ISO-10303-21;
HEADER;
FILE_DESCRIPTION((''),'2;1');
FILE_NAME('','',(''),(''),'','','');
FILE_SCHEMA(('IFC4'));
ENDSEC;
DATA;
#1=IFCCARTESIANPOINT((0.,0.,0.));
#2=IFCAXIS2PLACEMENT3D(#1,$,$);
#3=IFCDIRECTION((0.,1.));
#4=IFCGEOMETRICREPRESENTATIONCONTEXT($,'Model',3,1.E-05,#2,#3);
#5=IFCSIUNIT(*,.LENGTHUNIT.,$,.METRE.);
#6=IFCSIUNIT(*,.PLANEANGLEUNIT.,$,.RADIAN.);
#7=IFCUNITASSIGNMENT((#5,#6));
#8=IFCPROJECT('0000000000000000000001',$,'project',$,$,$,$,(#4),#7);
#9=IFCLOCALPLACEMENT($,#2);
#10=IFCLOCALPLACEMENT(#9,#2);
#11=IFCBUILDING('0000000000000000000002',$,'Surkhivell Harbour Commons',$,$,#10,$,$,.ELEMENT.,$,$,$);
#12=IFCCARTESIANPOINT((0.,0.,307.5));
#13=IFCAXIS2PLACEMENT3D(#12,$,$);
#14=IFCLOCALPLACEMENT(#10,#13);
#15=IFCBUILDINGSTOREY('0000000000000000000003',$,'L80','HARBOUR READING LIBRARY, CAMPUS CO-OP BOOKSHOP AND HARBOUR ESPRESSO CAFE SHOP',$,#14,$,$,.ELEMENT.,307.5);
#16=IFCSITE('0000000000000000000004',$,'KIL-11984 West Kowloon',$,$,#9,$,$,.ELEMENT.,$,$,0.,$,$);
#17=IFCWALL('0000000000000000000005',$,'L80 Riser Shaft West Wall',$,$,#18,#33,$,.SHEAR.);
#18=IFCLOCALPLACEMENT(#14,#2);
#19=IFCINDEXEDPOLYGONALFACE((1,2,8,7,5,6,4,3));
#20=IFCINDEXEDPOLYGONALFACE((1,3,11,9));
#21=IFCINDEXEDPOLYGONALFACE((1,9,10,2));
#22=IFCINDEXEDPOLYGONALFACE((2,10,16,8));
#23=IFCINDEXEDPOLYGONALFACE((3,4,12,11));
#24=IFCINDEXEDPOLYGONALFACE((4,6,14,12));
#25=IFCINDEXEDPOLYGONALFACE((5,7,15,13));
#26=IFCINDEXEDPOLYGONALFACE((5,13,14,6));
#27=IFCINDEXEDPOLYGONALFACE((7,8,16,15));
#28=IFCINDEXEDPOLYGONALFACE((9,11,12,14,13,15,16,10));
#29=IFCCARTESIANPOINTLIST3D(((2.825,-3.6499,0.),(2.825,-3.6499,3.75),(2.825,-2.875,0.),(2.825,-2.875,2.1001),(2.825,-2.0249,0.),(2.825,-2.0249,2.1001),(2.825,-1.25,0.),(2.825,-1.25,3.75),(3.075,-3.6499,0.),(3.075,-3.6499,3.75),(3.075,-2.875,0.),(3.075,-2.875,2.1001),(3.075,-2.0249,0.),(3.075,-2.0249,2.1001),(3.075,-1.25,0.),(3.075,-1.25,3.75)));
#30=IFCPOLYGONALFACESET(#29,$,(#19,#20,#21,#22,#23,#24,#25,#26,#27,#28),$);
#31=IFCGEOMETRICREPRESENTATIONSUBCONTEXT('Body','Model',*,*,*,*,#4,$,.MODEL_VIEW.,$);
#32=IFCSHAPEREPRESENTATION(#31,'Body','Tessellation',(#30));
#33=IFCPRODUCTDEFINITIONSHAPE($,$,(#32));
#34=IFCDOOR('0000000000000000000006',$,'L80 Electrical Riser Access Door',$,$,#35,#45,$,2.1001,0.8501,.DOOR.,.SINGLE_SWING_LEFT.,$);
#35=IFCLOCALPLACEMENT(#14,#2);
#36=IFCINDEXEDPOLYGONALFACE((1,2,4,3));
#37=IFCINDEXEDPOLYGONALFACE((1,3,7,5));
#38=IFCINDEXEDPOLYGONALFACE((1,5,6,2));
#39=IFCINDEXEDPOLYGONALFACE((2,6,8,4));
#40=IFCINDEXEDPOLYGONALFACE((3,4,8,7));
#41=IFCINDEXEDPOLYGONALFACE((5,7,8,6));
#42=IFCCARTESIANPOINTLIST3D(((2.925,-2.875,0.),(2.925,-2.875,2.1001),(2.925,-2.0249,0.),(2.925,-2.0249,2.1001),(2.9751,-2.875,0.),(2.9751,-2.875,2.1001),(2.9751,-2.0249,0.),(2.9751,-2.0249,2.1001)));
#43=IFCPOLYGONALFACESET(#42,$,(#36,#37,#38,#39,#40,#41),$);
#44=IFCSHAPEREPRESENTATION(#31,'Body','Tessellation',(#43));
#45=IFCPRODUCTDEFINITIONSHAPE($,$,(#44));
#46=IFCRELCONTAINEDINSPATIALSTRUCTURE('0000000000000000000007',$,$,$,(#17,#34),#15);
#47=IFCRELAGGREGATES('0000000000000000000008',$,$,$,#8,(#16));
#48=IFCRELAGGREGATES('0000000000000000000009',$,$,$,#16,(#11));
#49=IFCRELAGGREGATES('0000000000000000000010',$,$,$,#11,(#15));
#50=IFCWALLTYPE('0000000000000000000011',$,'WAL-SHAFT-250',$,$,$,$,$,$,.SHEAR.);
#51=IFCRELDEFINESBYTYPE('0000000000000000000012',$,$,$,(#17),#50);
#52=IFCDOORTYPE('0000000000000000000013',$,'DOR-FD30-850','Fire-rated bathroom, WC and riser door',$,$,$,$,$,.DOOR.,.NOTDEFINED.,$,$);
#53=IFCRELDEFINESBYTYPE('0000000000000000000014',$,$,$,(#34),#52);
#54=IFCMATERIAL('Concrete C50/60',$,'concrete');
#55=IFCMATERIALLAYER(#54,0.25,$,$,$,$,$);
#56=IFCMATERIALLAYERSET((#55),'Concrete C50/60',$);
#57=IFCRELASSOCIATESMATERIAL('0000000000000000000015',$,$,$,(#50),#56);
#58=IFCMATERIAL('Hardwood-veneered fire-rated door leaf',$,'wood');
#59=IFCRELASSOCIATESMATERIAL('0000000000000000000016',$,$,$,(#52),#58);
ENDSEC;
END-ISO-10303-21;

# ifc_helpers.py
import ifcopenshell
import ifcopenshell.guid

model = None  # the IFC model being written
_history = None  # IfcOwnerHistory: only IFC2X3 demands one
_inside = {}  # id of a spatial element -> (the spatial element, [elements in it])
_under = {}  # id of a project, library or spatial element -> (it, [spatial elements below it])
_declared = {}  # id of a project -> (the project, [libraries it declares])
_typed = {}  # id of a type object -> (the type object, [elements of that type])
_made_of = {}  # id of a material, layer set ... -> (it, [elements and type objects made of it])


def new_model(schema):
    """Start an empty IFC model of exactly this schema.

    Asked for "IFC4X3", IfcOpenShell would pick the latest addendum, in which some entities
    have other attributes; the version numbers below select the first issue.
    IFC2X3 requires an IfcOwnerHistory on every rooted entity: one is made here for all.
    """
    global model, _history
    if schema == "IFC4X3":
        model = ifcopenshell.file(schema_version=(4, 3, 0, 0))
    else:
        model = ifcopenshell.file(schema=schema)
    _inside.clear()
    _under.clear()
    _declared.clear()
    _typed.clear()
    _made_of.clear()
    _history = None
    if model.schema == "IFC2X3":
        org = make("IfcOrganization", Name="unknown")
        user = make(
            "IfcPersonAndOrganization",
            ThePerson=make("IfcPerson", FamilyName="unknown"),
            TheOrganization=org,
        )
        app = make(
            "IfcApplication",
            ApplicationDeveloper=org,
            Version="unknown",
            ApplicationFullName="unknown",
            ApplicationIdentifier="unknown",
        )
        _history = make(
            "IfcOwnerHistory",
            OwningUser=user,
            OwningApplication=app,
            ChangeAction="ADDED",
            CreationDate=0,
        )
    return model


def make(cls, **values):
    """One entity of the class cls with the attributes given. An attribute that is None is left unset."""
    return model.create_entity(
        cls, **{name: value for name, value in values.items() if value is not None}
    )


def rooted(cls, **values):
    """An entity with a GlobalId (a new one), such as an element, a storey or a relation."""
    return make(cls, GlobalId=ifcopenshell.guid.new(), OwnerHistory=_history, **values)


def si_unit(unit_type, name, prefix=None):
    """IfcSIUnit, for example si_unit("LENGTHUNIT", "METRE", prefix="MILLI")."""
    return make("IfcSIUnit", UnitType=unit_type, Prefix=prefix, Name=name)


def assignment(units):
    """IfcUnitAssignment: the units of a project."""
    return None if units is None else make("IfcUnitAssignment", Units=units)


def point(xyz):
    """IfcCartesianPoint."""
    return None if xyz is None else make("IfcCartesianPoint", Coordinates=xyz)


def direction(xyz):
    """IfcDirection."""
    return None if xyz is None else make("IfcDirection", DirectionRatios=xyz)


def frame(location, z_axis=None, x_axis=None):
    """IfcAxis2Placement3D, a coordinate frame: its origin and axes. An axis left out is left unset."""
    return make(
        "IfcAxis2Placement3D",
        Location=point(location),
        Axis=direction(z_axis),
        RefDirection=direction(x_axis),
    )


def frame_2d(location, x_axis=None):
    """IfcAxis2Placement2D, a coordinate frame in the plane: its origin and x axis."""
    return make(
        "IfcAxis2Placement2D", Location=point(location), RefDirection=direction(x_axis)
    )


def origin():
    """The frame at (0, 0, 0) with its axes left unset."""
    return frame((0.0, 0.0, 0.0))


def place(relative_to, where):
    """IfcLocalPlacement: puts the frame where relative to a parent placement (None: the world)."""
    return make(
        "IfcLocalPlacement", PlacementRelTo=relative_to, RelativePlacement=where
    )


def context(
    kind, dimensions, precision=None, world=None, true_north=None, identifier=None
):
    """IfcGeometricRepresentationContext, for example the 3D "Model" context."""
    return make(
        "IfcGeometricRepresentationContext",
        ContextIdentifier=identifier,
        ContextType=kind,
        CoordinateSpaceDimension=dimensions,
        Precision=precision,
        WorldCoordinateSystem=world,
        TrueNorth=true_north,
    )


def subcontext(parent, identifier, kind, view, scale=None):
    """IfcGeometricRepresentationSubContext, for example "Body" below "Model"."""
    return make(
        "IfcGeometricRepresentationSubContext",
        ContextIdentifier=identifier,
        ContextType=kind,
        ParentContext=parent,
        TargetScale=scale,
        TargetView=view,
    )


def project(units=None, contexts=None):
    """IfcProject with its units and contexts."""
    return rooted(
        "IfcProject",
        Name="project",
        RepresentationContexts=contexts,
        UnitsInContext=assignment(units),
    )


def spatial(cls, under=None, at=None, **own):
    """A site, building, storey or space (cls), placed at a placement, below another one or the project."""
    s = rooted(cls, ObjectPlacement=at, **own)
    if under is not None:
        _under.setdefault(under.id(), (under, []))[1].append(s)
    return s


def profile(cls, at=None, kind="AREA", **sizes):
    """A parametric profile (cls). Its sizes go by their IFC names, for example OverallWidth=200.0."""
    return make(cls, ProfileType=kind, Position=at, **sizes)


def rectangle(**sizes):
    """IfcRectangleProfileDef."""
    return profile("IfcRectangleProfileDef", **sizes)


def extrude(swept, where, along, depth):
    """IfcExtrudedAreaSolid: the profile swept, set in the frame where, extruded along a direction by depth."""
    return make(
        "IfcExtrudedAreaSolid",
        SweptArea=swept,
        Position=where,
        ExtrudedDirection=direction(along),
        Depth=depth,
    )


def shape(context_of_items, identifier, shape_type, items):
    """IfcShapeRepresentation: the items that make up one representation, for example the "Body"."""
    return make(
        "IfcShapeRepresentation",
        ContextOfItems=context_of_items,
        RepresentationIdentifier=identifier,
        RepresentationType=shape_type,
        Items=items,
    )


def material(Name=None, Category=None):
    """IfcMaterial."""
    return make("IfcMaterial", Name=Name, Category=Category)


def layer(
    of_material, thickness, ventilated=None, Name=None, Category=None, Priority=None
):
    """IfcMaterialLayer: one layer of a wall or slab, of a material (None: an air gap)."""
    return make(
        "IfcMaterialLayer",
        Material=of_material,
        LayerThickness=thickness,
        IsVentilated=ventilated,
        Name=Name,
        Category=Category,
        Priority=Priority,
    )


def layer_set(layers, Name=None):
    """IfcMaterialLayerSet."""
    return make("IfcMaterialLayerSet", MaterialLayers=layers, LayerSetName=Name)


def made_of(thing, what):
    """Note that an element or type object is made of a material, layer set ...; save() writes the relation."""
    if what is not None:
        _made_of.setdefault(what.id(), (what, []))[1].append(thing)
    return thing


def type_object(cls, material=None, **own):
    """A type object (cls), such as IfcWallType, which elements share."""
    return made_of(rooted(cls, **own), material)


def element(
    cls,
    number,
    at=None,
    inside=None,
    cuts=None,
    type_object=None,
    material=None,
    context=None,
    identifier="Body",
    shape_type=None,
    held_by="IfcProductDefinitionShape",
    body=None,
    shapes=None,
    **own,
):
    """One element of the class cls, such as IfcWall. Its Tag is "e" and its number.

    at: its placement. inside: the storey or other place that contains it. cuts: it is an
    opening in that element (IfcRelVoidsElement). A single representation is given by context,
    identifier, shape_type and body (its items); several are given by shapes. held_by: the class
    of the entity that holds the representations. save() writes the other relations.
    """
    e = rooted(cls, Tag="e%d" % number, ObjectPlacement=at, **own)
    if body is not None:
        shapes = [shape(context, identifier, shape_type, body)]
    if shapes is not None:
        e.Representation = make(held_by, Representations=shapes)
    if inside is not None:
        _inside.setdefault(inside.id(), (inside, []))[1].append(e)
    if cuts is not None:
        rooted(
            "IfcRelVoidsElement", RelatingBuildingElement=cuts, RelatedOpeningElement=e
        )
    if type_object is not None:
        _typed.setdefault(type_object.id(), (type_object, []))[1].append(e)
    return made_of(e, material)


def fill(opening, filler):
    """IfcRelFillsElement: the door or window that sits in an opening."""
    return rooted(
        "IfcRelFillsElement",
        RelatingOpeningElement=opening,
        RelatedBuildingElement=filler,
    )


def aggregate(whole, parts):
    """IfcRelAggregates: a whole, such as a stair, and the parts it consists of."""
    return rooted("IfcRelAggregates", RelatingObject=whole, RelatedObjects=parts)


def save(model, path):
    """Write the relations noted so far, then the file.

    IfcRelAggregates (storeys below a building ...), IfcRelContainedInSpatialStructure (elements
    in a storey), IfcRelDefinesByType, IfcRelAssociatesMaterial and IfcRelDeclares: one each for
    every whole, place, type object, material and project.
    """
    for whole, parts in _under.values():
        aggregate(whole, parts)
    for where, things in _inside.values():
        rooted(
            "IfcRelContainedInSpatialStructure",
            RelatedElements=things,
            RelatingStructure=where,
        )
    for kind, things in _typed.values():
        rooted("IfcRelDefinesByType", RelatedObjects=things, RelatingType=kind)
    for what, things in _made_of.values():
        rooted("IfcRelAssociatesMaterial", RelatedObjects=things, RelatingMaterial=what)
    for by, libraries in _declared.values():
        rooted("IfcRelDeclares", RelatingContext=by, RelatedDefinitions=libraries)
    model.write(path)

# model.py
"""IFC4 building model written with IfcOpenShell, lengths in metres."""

from ifc_helpers import new_model, si_unit, direction, frame, frame_2d, origin, place, context, subcontext, project, spatial, rectangle, extrude, material, layer, layer_set, type_object, element, fill, save


model = new_model("IFC4")

# Units and contexts
model_context = context("Model", 3, precision=1e-05, world=origin(), true_north=direction((0.0, 1.0)))
body_context = subcontext(model_context, "Body", "Model", "MODEL_VIEW")
ifc_project = project(units=[si_unit("LENGTHUNIT", "METRE"), si_unit("PLANEANGLEUNIT", "RADIAN")], contexts=[model_context])

# Site, building, storey
site_placement = place(None, origin())
site = spatial("IfcSite", under=ifc_project, at=site_placement, Name="KIL-11984 West Kowloon", CompositionType="ELEMENT", RefElevation=0.0)
building_placement = place(site_placement, origin())
building = spatial("IfcBuilding", under=site, at=building_placement, Name="Surkhivell Harbour Commons", CompositionType="ELEMENT")
storey_placement = place(building_placement, frame((0.0, 0.0, 307.5)))
storey = spatial("IfcBuildingStorey", under=building, at=storey_placement, Name="L80", Description="HARBOUR READING LIBRARY, CAMPUS CO-OP BOOKSHOP AND HARBOUR ESPRESSO CAFE SHOP", CompositionType="ELEMENT", Elevation=307.5)

# Shared definitions
ifc_material_1 = material(Name="Concrete C50/60", Category="concrete")

# Shared definitions
ifc_material_2 = material(Name="Hardwood-veneered fire-rated door leaf", Category="wood")

# Shared definitions
ifc_layer_1 = layer(ifc_material_1, 0.25)
ifc_layer_set_1 = layer_set([ifc_layer_1], Name="Concrete C50/60")
wall_type_1 = type_object("IfcWallType", Name="WAL-SHAFT-250", PredefinedType="SHEAR", material=ifc_layer_set_1)

# Wall, opening, door
wall_1_placement = place(storey_placement, frame((2.95, -3.6499, 0.0), z_axis=(0.0, 0.0, 1.0), x_axis=(0.0, 1.0, 0.0)))
wall_1 = element("IfcWall", 1, at=wall_1_placement, inside=storey, type_object=wall_type_1, Name="L80 Riser Shaft West Wall", PredefinedType="SHEAR", context=body_context, shape_type="SweptSolid", body=[
    extrude(rectangle(XDim=2.3999, YDim=0.25, at=frame_2d((1.2, 0.0))), origin(), (0.0, 0.0, 1.0), 3.75),
])
opening_1_placement = place(wall_1_placement, frame((0.7749, 0.0, 0.0)))
opening_1 = element("IfcOpeningElement", 2, at=opening_1_placement, cuts=wall_1, PredefinedType="OPENING", context=body_context, shape_type="SweptSolid", body=[
    extrude(rectangle(XDim=0.8501, YDim=2.1001, at=frame_2d((0.425, 1.05))), frame((0.0, 0.135, 0.0), z_axis=(0.0, -1.0, 0.0), x_axis=(1.0, 0.0, 0.0)), (0.0, 0.0, 1.0), 0.27),
])
door_type_1 = type_object("IfcDoorType", Name="DOR-FD30-850", Description="Fire-rated bathroom, WC and riser door", OperationType="NOTDEFINED", PredefinedType="DOOR", material=ifc_material_2)
door_1_placement = place(opening_1_placement, origin())
door_1 = element("IfcDoor", 3, at=door_1_placement, inside=storey, type_object=door_type_1, Name="L80 Electrical Riser Access Door", OperationType="SINGLE_SWING_LEFT", OverallHeight=2.1001, OverallWidth=0.8501, PredefinedType="DOOR", context=body_context, shape_type="SweptSolid", body=[
    extrude(rectangle(XDim=0.8501, YDim=2.1001, at=frame_2d((0.425, 1.05))), frame((0.0, 0.0249, 0.0), z_axis=(0.0, -1.0, 0.0), x_axis=(1.0, 0.0, 0.0)), (0.0, 0.0, 1.0), 0.05),
])
fill(opening_1, door_1)

save(model, "model.ifc")
